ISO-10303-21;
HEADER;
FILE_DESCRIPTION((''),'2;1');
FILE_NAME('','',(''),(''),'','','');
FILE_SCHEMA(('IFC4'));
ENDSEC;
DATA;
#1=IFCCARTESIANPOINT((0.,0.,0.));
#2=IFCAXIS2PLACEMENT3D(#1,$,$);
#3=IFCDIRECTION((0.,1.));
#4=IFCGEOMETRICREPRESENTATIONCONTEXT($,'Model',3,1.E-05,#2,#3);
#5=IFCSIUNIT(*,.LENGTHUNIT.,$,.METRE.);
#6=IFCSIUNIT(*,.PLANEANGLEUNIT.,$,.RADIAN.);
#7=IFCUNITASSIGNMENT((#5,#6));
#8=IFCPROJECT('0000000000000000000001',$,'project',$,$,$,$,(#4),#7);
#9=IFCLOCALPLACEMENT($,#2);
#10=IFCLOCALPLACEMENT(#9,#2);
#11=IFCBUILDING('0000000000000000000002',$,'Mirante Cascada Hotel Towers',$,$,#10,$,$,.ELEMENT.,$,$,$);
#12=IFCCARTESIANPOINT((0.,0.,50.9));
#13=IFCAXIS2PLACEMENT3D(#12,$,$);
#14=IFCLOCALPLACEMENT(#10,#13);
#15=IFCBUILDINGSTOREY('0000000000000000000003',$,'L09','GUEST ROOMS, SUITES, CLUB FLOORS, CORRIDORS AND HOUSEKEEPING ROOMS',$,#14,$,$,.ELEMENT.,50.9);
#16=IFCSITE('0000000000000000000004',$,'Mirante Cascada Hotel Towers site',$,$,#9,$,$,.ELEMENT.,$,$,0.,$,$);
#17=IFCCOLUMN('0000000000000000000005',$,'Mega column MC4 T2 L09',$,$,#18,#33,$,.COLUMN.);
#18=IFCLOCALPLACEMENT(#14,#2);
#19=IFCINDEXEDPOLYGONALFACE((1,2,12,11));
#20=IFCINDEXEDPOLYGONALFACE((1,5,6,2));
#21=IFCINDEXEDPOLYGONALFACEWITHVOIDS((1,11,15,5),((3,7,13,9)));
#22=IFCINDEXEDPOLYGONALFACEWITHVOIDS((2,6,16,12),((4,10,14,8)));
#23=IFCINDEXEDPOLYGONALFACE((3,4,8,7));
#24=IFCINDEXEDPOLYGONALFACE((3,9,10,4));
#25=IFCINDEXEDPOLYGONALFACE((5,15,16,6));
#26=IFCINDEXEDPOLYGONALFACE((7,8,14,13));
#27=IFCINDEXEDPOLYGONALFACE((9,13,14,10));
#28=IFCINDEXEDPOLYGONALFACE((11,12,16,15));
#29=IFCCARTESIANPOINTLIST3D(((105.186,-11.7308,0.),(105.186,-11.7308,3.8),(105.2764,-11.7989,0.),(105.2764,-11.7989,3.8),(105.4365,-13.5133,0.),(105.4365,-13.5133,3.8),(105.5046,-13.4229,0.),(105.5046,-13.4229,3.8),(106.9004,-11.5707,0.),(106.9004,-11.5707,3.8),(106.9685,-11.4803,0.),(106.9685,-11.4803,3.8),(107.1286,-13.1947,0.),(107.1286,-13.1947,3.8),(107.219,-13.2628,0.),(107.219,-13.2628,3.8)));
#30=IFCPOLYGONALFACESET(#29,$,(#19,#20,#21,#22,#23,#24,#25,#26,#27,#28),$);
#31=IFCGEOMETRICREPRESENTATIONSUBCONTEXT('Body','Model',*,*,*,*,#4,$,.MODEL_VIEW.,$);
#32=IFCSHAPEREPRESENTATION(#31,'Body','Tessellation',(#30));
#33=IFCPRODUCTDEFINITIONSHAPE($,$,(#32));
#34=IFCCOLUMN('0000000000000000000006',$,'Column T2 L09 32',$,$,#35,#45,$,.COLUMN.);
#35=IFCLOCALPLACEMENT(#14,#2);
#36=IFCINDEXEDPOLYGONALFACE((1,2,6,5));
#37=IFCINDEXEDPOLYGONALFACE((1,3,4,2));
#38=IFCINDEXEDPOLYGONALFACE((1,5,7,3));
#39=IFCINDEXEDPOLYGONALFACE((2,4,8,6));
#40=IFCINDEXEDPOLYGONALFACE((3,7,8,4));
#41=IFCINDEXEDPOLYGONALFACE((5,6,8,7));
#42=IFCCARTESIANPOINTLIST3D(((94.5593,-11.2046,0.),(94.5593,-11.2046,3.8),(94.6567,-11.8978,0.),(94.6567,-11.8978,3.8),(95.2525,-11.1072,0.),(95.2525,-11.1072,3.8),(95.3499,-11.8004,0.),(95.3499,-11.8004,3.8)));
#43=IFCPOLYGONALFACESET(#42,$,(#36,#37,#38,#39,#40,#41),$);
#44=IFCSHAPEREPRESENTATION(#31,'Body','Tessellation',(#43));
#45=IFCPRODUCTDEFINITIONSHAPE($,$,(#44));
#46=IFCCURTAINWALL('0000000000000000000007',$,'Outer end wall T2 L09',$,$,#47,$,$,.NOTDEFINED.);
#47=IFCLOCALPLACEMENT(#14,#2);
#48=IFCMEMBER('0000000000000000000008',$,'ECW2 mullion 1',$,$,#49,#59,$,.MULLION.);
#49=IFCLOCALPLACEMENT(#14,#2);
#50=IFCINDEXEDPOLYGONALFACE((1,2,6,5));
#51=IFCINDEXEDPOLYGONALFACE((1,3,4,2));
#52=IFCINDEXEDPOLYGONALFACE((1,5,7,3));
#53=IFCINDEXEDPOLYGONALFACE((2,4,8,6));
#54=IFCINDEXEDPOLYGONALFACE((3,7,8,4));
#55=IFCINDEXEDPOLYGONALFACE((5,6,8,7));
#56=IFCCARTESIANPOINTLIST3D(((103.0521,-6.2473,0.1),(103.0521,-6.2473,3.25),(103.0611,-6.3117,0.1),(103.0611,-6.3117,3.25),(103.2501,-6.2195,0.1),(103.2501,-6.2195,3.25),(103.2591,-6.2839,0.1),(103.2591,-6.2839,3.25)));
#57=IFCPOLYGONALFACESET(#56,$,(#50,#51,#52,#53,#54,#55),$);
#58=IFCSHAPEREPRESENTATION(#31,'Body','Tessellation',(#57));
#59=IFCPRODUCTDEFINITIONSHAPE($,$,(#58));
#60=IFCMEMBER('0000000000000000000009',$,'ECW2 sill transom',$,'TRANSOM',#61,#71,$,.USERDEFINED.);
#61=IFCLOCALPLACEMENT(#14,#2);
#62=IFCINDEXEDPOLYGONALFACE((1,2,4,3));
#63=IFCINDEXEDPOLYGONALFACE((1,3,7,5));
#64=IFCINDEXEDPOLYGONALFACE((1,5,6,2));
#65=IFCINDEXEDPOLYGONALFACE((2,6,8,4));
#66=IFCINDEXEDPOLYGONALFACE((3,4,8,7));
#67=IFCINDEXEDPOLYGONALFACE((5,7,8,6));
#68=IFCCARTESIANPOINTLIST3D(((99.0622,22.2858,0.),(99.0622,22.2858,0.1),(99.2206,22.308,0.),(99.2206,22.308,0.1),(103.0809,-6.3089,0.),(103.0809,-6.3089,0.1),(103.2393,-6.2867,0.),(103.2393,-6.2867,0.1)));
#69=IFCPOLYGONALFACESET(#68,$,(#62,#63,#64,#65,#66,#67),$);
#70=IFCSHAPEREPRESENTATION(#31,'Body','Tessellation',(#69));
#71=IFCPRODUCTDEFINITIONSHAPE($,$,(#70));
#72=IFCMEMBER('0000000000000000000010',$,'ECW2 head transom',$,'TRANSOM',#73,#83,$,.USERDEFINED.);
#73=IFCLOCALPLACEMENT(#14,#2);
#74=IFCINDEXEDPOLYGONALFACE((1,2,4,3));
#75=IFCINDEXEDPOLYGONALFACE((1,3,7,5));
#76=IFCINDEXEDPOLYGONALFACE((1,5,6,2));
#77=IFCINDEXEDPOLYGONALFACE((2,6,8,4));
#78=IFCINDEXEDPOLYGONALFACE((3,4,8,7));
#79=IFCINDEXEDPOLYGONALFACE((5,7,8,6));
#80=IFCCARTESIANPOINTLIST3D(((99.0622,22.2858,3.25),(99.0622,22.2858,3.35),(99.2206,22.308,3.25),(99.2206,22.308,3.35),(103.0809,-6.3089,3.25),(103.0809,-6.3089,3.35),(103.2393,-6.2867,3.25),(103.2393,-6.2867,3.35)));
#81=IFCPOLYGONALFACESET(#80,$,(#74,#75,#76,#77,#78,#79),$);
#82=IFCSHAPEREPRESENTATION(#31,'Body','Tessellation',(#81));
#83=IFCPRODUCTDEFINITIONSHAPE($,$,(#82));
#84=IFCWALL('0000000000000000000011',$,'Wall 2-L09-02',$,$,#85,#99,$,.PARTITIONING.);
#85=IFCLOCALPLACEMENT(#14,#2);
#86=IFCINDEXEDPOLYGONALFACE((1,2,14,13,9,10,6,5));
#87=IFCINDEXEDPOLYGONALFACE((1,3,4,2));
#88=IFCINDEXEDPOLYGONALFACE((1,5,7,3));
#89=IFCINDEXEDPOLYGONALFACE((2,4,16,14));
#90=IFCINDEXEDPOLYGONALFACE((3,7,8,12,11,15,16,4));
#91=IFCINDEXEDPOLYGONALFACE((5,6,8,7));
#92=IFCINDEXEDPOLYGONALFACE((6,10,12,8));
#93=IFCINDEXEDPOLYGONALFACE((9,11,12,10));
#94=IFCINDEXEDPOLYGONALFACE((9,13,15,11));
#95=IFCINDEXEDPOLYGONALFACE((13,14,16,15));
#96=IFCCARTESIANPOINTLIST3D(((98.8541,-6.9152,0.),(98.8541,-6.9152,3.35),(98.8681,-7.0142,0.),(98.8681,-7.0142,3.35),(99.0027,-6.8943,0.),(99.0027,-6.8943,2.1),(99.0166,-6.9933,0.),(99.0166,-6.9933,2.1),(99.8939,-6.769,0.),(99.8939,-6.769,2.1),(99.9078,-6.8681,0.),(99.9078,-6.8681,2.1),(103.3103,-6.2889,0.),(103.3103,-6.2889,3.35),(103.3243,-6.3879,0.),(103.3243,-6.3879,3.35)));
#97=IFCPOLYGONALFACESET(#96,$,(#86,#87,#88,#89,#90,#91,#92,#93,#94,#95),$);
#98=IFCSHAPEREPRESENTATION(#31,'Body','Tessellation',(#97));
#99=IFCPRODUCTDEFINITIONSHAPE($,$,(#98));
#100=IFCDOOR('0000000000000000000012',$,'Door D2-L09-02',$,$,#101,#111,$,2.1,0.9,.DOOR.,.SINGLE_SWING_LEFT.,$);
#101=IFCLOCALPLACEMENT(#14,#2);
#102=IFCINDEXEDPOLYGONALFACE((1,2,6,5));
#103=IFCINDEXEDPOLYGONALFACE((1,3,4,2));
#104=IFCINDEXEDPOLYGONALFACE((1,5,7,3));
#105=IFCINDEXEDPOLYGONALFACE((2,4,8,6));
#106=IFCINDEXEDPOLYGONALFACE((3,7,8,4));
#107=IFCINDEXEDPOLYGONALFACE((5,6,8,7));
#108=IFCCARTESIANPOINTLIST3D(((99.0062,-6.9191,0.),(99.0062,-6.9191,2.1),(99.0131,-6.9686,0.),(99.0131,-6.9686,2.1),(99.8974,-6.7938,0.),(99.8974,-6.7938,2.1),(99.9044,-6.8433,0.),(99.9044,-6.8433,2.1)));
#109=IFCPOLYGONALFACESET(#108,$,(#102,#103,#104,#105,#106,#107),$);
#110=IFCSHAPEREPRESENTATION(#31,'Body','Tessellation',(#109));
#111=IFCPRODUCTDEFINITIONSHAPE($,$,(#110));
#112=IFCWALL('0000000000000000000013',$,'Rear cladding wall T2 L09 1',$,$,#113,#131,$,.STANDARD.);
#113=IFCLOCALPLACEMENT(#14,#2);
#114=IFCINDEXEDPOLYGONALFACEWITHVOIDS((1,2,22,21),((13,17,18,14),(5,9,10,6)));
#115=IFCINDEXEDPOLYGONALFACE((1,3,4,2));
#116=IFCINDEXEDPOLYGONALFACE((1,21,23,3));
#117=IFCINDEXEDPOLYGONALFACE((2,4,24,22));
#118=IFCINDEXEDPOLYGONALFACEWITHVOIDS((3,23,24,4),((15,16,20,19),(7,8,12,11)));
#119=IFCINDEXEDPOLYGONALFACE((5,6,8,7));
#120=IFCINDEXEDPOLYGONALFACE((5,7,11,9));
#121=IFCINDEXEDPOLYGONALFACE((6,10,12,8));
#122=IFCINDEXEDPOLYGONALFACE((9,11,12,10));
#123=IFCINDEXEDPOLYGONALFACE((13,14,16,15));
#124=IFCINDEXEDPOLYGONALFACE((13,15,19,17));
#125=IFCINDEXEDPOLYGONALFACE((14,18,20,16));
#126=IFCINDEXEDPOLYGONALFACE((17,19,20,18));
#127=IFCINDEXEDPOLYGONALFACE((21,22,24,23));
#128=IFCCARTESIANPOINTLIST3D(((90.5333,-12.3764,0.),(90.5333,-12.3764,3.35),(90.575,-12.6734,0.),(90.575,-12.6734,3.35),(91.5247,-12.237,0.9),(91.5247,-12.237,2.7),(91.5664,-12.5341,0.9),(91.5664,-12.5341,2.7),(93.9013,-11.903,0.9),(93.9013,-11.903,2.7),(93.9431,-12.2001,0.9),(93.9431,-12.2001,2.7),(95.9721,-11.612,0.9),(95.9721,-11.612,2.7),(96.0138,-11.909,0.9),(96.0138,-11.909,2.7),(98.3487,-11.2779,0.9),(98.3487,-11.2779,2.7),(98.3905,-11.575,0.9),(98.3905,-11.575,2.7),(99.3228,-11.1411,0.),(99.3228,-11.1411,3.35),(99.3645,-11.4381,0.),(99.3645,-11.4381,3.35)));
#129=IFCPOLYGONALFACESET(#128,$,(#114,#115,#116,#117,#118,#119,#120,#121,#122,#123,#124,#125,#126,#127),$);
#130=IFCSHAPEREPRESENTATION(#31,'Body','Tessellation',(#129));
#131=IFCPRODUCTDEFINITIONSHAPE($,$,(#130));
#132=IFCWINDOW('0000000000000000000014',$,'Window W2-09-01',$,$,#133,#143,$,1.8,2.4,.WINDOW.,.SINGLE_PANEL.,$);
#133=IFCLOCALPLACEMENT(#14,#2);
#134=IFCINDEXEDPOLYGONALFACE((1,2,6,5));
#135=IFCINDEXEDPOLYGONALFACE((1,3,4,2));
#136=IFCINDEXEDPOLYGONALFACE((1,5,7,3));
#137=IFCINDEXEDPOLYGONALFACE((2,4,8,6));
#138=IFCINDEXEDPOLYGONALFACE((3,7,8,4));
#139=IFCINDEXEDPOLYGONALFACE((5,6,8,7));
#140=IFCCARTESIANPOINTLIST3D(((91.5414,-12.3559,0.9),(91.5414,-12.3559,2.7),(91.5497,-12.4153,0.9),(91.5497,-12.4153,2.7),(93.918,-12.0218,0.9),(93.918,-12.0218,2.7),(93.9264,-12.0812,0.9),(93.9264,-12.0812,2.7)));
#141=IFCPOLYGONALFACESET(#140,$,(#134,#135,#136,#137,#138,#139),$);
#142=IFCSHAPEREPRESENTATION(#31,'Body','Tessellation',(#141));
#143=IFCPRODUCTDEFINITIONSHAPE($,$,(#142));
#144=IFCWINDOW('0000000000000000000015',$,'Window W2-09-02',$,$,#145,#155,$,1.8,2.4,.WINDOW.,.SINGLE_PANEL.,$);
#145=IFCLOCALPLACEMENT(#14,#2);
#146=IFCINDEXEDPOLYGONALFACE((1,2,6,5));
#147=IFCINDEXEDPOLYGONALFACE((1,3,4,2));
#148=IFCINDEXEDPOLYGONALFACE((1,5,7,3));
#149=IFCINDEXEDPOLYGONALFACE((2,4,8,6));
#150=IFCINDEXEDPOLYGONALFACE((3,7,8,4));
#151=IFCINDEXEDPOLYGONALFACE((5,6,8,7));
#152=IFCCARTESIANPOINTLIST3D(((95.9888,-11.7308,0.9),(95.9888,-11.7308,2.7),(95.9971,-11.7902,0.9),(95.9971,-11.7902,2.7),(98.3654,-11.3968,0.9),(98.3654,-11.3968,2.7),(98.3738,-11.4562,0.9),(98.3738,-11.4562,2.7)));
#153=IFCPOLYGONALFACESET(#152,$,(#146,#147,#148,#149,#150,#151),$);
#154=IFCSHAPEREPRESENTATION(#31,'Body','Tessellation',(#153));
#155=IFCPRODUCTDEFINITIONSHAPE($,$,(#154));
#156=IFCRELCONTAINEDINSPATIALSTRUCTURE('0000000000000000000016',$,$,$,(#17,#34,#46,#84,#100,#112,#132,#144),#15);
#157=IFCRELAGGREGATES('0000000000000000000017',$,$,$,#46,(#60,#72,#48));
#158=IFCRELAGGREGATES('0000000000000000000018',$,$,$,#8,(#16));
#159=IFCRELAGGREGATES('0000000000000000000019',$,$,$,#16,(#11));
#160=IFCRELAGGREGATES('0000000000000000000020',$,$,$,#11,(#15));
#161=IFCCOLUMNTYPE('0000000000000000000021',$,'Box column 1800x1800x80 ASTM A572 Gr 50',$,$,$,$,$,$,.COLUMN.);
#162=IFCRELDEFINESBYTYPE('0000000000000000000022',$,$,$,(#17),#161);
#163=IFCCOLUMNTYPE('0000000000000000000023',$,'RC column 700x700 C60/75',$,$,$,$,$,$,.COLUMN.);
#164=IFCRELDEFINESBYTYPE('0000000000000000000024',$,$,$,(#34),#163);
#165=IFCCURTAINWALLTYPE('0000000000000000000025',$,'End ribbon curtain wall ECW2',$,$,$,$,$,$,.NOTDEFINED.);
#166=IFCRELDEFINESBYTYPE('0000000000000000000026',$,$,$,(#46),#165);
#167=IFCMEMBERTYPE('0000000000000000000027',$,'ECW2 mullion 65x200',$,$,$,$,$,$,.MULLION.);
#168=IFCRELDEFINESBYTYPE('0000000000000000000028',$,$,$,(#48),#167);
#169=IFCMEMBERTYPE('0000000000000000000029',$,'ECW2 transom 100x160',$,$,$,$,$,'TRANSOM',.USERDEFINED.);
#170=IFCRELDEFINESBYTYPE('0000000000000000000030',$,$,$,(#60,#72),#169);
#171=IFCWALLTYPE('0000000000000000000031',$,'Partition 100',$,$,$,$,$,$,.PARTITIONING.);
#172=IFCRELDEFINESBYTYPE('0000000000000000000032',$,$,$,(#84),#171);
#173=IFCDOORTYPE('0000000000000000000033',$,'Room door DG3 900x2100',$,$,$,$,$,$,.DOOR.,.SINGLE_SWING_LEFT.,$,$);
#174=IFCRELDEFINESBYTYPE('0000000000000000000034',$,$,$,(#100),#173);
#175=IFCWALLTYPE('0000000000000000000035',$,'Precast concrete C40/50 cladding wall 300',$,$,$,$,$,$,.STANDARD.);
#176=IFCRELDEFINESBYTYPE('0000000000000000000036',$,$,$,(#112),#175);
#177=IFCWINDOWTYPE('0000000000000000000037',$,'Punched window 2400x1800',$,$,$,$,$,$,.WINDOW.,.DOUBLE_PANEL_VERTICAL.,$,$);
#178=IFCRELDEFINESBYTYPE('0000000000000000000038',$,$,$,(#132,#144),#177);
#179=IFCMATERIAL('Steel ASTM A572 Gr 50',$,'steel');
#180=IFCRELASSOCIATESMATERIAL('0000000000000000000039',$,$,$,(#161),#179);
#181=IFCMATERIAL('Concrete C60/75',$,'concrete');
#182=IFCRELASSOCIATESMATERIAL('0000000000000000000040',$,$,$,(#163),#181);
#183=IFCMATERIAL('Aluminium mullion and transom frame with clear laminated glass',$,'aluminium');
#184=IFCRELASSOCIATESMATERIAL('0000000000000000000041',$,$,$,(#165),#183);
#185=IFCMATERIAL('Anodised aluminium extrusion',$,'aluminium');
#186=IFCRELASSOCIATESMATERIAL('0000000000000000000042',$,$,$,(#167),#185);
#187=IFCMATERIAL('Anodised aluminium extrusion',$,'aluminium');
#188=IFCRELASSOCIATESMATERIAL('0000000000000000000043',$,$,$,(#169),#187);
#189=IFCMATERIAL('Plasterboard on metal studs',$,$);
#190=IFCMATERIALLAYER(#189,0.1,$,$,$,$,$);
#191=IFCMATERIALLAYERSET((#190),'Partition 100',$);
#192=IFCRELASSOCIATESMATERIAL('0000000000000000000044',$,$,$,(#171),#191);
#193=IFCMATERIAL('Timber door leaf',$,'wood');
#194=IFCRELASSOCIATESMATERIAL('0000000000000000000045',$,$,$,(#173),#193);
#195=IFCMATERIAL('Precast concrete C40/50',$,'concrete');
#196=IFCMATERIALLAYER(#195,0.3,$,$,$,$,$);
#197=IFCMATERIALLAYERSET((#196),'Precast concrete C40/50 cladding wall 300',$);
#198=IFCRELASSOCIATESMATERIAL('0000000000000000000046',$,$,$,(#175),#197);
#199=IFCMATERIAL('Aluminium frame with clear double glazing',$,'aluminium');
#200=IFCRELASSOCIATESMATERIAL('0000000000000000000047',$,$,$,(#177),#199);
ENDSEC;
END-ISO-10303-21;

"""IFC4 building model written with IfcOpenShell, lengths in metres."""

from ifc_helpers import new_model, si_unit, direction, frame, frame_2d, origin, origin_2d, place, context, subcontext, project, spatial, rectangle, hollow_rectangle, extrude, material, layer, layer_set, material_profile, profile_set, type_object, element, fill, aggregate, save


model = new_model("IFC4")

# Units and contexts
model_context = context("Model", 3, precision=1e-05, world=origin(), true_north=direction((0.0, 1.0)))
body_context = subcontext(model_context, "Body", "Model", "MODEL_VIEW")
ifc_project = project(units=[si_unit("LENGTHUNIT", "METRE"), si_unit("PLANEANGLEUNIT", "RADIAN")], contexts=[model_context])

# Site, building, storey
site_placement = place(None, origin())
site = spatial("IfcSite", under=ifc_project, at=site_placement, Name="Mirante Cascada Hotel Towers site", CompositionType="ELEMENT", RefElevation=0.0)
building_placement = place(site_placement, origin())
building = spatial("IfcBuilding", under=site, at=building_placement, Name="Mirante Cascada Hotel Towers", CompositionType="ELEMENT")
storey_placement = place(building_placement, frame((0.0, 0.0, 50.9)))
storey = spatial("IfcBuildingStorey", under=building, at=storey_placement, Name="L09", Description="GUEST ROOMS, SUITES, CLUB FLOORS, CORRIDORS AND HOUSEKEEPING ROOMS", CompositionType="ELEMENT", Elevation=50.9)

# Columns
ifc_material_1 = material(Name="Steel ASTM A572 Gr 50", Category="steel")
ifc_material_profile_1 = material_profile(ifc_material_1, hollow_rectangle(XDim=1.8, YDim=1.8, WallThickness=0.08, at=origin_2d()), Name="Box column 1800x1800x80 ASTM A572 Gr 50")
ifc_profile_set_1 = profile_set([ifc_material_profile_1], Name="Steel ASTM A572 Gr 50")
column_type_1 = type_object("IfcColumnType", Name="Box column 1800x1800x80 ASTM A572 Gr 50", PredefinedType="COLUMN", material=ifc_profile_set_1)
column_1_placement = place(storey_placement, frame((106.2025, -12.4968, 0.0), z_axis=(0.0, 0.0, 1.0), x_axis=(0.990268, 0.139173, 0.0)))
element("IfcColumn", 1, at=column_1_placement, inside=storey, type_object=column_type_1, Name="Mega column MC4 T2 L09", PredefinedType="COLUMN", context=body_context, shape_type="SweptSolid", body=[
    extrude(hollow_rectangle(XDim=1.8, YDim=1.8, WallThickness=0.08, at=origin_2d()), origin(), (0.0, 0.0, 1.0), 3.8),
])
ifc_material_2 = material(Name="Concrete C60/75", Category="concrete")
ifc_material_profile_2 = material_profile(ifc_material_2, rectangle(XDim=0.7, YDim=0.7, at=origin_2d()), Name="RC column 700x700 C60/75")
ifc_profile_set_2 = profile_set([ifc_material_profile_2], Name="Concrete C60/75")
column_type_2 = type_object("IfcColumnType", Name="RC column 700x700 C60/75", PredefinedType="COLUMN", material=ifc_profile_set_2)
column_2_placement = place(storey_placement, frame((94.9546, -11.5025, 0.0), z_axis=(0.0, 0.0, 1.0), x_axis=(0.990268, 0.139173, 0.0)))
element("IfcColumn", 2, at=column_2_placement, inside=storey, type_object=column_type_2, Name="Column T2 L09 32", PredefinedType="COLUMN", context=body_context, shape_type="SweptSolid", body=[
    extrude(rectangle(XDim=0.7, YDim=0.7, at=origin_2d()), origin(), (0.0, 0.0, 1.0), 3.8),
])

# Curtain wall, members
ifc_material_3 = material(Name="Aluminium mullion and transom frame with clear laminated glass", Category="aluminium")
curtain_wall_type = type_object("IfcCurtainWallType", Name="End ribbon curtain wall ECW2", PredefinedType="NOTDEFINED", material=ifc_material_3)
curtain_wall_placement = place(storey_placement, origin())
curtain_wall = element("IfcCurtainWall", 3, at=curtain_wall_placement, inside=storey, type_object=curtain_wall_type, Name="Outer end wall T2 L09", PredefinedType="NOTDEFINED")
ifc_material_4 = material(Name="Anodised aluminium extrusion", Category="aluminium")
ifc_material_profile_3 = material_profile(ifc_material_4, rectangle(XDim=0.2, YDim=0.065, at=origin_2d()), Name="ECW2 MULLION 65x200")
ifc_profile_set_3 = profile_set([ifc_material_profile_3], Name="Anodised aluminium extrusion")
member_type_1 = type_object("IfcMemberType", Name="ECW2 mullion 65x200", PredefinedType="MULLION", material=ifc_profile_set_3)
member_1_placement = place(storey_placement, frame((103.1556, -6.2656, 0.1), z_axis=(0.0, 0.0, 1.0), x_axis=(-0.990268, -0.139173, 0.0)))
member_1 = element("IfcMember", 4, at=member_1_placement, type_object=member_type_1, Name="ECW2 mullion 1", PredefinedType="MULLION", context=body_context, shape_type="SweptSolid", body=[
    extrude(rectangle(XDim=0.2, YDim=0.065, at=origin_2d()), origin(), (0.0, 0.0, 1.0), 3.15),
])
ifc_material_5 = material(Name="Anodised aluminium extrusion", Category="aluminium")
ifc_material_profile_4 = material_profile(ifc_material_5, rectangle(XDim=0.16, YDim=0.1, at=origin_2d()), Name="ECW2 TRANSOM 100x160")
ifc_profile_set_4 = profile_set([ifc_material_profile_4], Name="Anodised aluminium extrusion")
member_type_2 = type_object("IfcMemberType", Name="ECW2 transom 100x160", ElementType="TRANSOM", PredefinedType="USERDEFINED", material=ifc_profile_set_4)
member_2_placement = place(storey_placement, frame((103.1601, -6.2978, 0.05), z_axis=(-0.139172, 0.990268, 0.0), x_axis=(-0.990268, -0.139172, 0.0)))
member_2 = element("IfcMember", 5, at=member_2_placement, type_object=member_type_2, Name="ECW2 sill transom", ObjectType="TRANSOM", PredefinedType="USERDEFINED", context=body_context, shape_type="SweptSolid", body=[
    extrude(rectangle(XDim=0.16, YDim=0.1, at=origin_2d()), origin(), (0.0, 0.0, 1.0), 28.8757),
])
member_3_placement = place(storey_placement, frame((103.1601, -6.2978, 3.3), z_axis=(-0.139172, 0.990268, 0.0), x_axis=(-0.990268, -0.139172, 0.0)))
member_3 = element("IfcMember", 6, at=member_3_placement, type_object=member_type_2, Name="ECW2 head transom", ObjectType="TRANSOM", PredefinedType="USERDEFINED", context=body_context, shape_type="SweptSolid", body=[
    extrude(rectangle(XDim=0.16, YDim=0.1, at=origin_2d()), origin(), (0.0, 0.0, 1.0), 28.8757),
])
aggregate(curtain_wall, [member_2, member_3, member_1])

# Wall, opening, door
ifc_material_6 = material(Name="Plasterboard on metal studs")
ifc_layer_1 = layer(ifc_material_6, 0.1)
ifc_layer_set_1 = layer_set([ifc_layer_1], Name="Partition 100")
wall_type_1 = type_object("IfcWallType", Name="Partition 100", PredefinedType="PARTITIONING", material=ifc_layer_set_1)
wall_1_placement = place(storey_placement, frame((98.8611, -6.9647, 0.0), z_axis=(0.0, 0.0, 1.0), x_axis=(0.990267, 0.139178, 0.0)))
wall_1 = element("IfcWall", 7, at=wall_1_placement, inside=storey, type_object=wall_type_1, Name="Wall 2-L09-02", PredefinedType="PARTITIONING", context=body_context, shape_type="SweptSolid", body=[
    extrude(rectangle(XDim=4.5, YDim=0.1, at=frame_2d((2.25, 0.0))), origin(), (0.0, 0.0, 1.0), 3.35),
])
opening_1_placement = place(wall_1_placement, frame((0.15, 0.0, 0.0)))
opening_1 = element("IfcOpeningElement", 8, at=opening_1_placement, cuts=wall_1, PredefinedType="OPENING", context=body_context, shape_type="SweptSolid", body=[
    extrude(rectangle(XDim=0.9, YDim=2.1, at=frame_2d((0.45, 1.05))), frame((0.0, 0.05, 0.0), z_axis=(0.0, -1.0, 0.0), x_axis=(1.0, 0.0, 0.0)), (0.0, 0.0, 1.0), 0.1),
])
ifc_material_7 = material(Name="Timber door leaf", Category="wood")
door_type = type_object("IfcDoorType", Name="Room door DG3 900x2100", OperationType="SINGLE_SWING_LEFT", PredefinedType="DOOR", material=ifc_material_7)
door_placement = place(opening_1_placement, origin())
door = element("IfcDoor", 9, at=door_placement, inside=storey, type_object=door_type, Name="Door D2-L09-02", OperationType="SINGLE_SWING_LEFT", OverallHeight=2.1, OverallWidth=0.9, PredefinedType="DOOR", context=body_context, shape_type="SweptSolid", body=[
    extrude(rectangle(XDim=0.9, YDim=2.1, at=frame_2d((0.45, 1.05))), frame((0.0, 0.025, 0.0), z_axis=(0.0, -1.0, 0.0), x_axis=(1.0, 0.0, 0.0)), (0.0, 0.0, 1.0), 0.05),
])
fill(opening_1, door)

# Wall, openings, windows
ifc_material_8 = material(Name="Precast concrete C40/50", Category="concrete")
ifc_layer_2 = layer(ifc_material_8, 0.3)
ifc_layer_set_2 = layer_set([ifc_layer_2], Name="Precast concrete C40/50 cladding wall 300")
wall_type_2 = type_object("IfcWallType", Name="Precast concrete C40/50 cladding wall 300", PredefinedType="STANDARD", material=ifc_layer_set_2)
wall_2_placement = place(storey_placement, frame((90.5541, -12.5249, 0.0), z_axis=(0.0, 0.0, 1.0), x_axis=(0.990268, 0.139175, 0.0)))
wall_2 = element("IfcWall", 10, at=wall_2_placement, inside=storey, type_object=wall_type_2, Name="Rear cladding wall T2 L09 1", PredefinedType="STANDARD", context=body_context, shape_type="SweptSolid", body=[
    extrude(rectangle(XDim=8.8759, YDim=0.3, at=frame_2d((4.438, 0.0))), origin(), (0.0, 0.0, 1.0), 3.35),
])
opening_2_placement = place(wall_2_placement, frame((1.0012, 0.0, 0.9)))
opening_2 = element("IfcOpeningElement", 11, at=opening_2_placement, cuts=wall_2, PredefinedType="OPENING", context=body_context, shape_type="SweptSolid", body=[
    extrude(rectangle(XDim=2.4, YDim=1.8, at=frame_2d((1.2, 0.9))), frame((0.0, 0.15, 0.0), z_axis=(0.0, -1.0, 0.0), x_axis=(1.0, 0.0, 0.0)), (0.0, 0.0, 1.0), 0.3),
])
opening_3_placement = place(wall_2_placement, frame((5.4923, 0.0, 0.9)))
opening_3 = element("IfcOpeningElement", 12, at=opening_3_placement, cuts=wall_2, PredefinedType="OPENING", context=body_context, shape_type="SweptSolid", body=[
    extrude(rectangle(XDim=2.4, YDim=1.8, at=frame_2d((1.2, 0.9))), frame((0.0, 0.15, 0.0), z_axis=(0.0, -1.0, 0.0), x_axis=(1.0, 0.0, 0.0)), (0.0, 0.0, 1.0), 0.3),
])
ifc_material_9 = material(Name="Aluminium frame with clear double glazing", Category="aluminium")
window_type_1 = type_object("IfcWindowType", Name="Punched window 2400x1800", PartitioningType="DOUBLE_PANEL_VERTICAL", PredefinedType="WINDOW", material=ifc_material_9)
window_1_placement = place(opening_2_placement, origin())
window_1 = element("IfcWindow", 13, at=window_1_placement, inside=storey, type_object=window_type_1, Name="Window W2-09-01", OverallHeight=1.8, OverallWidth=2.4, PartitioningType="SINGLE_PANEL", PredefinedType="WINDOW", context=body_context, shape_type="SweptSolid", body=[
    extrude(rectangle(XDim=2.4, YDim=1.8, at=frame_2d((1.2, 0.9))), frame((0.0, 0.03, 0.0), z_axis=(0.0, -1.0, 0.0), x_axis=(1.0, 0.0, 0.0)), (0.0, 0.0, 1.0), 0.06),
])
fill(opening_2, window_1)
window_2_placement = place(opening_3_placement, origin())
window_2 = element("IfcWindow", 14, at=window_2_placement, inside=storey, type_object=window_type_1, Name="Window W2-09-02", OverallHeight=1.8, OverallWidth=2.4, PartitioningType="SINGLE_PANEL", PredefinedType="WINDOW", context=body_context, shape_type="SweptSolid", body=[
    extrude(rectangle(XDim=2.4, YDim=1.8, at=frame_2d((1.2, 0.9))), frame((0.0, 0.03, 0.0), z_axis=(0.0, -1.0, 0.0), x_axis=(1.0, 0.0, 0.0)), (0.0, 0.0, 1.0), 0.06),
])
fill(opening_3, window_2)

save(model, "model.ifc")
